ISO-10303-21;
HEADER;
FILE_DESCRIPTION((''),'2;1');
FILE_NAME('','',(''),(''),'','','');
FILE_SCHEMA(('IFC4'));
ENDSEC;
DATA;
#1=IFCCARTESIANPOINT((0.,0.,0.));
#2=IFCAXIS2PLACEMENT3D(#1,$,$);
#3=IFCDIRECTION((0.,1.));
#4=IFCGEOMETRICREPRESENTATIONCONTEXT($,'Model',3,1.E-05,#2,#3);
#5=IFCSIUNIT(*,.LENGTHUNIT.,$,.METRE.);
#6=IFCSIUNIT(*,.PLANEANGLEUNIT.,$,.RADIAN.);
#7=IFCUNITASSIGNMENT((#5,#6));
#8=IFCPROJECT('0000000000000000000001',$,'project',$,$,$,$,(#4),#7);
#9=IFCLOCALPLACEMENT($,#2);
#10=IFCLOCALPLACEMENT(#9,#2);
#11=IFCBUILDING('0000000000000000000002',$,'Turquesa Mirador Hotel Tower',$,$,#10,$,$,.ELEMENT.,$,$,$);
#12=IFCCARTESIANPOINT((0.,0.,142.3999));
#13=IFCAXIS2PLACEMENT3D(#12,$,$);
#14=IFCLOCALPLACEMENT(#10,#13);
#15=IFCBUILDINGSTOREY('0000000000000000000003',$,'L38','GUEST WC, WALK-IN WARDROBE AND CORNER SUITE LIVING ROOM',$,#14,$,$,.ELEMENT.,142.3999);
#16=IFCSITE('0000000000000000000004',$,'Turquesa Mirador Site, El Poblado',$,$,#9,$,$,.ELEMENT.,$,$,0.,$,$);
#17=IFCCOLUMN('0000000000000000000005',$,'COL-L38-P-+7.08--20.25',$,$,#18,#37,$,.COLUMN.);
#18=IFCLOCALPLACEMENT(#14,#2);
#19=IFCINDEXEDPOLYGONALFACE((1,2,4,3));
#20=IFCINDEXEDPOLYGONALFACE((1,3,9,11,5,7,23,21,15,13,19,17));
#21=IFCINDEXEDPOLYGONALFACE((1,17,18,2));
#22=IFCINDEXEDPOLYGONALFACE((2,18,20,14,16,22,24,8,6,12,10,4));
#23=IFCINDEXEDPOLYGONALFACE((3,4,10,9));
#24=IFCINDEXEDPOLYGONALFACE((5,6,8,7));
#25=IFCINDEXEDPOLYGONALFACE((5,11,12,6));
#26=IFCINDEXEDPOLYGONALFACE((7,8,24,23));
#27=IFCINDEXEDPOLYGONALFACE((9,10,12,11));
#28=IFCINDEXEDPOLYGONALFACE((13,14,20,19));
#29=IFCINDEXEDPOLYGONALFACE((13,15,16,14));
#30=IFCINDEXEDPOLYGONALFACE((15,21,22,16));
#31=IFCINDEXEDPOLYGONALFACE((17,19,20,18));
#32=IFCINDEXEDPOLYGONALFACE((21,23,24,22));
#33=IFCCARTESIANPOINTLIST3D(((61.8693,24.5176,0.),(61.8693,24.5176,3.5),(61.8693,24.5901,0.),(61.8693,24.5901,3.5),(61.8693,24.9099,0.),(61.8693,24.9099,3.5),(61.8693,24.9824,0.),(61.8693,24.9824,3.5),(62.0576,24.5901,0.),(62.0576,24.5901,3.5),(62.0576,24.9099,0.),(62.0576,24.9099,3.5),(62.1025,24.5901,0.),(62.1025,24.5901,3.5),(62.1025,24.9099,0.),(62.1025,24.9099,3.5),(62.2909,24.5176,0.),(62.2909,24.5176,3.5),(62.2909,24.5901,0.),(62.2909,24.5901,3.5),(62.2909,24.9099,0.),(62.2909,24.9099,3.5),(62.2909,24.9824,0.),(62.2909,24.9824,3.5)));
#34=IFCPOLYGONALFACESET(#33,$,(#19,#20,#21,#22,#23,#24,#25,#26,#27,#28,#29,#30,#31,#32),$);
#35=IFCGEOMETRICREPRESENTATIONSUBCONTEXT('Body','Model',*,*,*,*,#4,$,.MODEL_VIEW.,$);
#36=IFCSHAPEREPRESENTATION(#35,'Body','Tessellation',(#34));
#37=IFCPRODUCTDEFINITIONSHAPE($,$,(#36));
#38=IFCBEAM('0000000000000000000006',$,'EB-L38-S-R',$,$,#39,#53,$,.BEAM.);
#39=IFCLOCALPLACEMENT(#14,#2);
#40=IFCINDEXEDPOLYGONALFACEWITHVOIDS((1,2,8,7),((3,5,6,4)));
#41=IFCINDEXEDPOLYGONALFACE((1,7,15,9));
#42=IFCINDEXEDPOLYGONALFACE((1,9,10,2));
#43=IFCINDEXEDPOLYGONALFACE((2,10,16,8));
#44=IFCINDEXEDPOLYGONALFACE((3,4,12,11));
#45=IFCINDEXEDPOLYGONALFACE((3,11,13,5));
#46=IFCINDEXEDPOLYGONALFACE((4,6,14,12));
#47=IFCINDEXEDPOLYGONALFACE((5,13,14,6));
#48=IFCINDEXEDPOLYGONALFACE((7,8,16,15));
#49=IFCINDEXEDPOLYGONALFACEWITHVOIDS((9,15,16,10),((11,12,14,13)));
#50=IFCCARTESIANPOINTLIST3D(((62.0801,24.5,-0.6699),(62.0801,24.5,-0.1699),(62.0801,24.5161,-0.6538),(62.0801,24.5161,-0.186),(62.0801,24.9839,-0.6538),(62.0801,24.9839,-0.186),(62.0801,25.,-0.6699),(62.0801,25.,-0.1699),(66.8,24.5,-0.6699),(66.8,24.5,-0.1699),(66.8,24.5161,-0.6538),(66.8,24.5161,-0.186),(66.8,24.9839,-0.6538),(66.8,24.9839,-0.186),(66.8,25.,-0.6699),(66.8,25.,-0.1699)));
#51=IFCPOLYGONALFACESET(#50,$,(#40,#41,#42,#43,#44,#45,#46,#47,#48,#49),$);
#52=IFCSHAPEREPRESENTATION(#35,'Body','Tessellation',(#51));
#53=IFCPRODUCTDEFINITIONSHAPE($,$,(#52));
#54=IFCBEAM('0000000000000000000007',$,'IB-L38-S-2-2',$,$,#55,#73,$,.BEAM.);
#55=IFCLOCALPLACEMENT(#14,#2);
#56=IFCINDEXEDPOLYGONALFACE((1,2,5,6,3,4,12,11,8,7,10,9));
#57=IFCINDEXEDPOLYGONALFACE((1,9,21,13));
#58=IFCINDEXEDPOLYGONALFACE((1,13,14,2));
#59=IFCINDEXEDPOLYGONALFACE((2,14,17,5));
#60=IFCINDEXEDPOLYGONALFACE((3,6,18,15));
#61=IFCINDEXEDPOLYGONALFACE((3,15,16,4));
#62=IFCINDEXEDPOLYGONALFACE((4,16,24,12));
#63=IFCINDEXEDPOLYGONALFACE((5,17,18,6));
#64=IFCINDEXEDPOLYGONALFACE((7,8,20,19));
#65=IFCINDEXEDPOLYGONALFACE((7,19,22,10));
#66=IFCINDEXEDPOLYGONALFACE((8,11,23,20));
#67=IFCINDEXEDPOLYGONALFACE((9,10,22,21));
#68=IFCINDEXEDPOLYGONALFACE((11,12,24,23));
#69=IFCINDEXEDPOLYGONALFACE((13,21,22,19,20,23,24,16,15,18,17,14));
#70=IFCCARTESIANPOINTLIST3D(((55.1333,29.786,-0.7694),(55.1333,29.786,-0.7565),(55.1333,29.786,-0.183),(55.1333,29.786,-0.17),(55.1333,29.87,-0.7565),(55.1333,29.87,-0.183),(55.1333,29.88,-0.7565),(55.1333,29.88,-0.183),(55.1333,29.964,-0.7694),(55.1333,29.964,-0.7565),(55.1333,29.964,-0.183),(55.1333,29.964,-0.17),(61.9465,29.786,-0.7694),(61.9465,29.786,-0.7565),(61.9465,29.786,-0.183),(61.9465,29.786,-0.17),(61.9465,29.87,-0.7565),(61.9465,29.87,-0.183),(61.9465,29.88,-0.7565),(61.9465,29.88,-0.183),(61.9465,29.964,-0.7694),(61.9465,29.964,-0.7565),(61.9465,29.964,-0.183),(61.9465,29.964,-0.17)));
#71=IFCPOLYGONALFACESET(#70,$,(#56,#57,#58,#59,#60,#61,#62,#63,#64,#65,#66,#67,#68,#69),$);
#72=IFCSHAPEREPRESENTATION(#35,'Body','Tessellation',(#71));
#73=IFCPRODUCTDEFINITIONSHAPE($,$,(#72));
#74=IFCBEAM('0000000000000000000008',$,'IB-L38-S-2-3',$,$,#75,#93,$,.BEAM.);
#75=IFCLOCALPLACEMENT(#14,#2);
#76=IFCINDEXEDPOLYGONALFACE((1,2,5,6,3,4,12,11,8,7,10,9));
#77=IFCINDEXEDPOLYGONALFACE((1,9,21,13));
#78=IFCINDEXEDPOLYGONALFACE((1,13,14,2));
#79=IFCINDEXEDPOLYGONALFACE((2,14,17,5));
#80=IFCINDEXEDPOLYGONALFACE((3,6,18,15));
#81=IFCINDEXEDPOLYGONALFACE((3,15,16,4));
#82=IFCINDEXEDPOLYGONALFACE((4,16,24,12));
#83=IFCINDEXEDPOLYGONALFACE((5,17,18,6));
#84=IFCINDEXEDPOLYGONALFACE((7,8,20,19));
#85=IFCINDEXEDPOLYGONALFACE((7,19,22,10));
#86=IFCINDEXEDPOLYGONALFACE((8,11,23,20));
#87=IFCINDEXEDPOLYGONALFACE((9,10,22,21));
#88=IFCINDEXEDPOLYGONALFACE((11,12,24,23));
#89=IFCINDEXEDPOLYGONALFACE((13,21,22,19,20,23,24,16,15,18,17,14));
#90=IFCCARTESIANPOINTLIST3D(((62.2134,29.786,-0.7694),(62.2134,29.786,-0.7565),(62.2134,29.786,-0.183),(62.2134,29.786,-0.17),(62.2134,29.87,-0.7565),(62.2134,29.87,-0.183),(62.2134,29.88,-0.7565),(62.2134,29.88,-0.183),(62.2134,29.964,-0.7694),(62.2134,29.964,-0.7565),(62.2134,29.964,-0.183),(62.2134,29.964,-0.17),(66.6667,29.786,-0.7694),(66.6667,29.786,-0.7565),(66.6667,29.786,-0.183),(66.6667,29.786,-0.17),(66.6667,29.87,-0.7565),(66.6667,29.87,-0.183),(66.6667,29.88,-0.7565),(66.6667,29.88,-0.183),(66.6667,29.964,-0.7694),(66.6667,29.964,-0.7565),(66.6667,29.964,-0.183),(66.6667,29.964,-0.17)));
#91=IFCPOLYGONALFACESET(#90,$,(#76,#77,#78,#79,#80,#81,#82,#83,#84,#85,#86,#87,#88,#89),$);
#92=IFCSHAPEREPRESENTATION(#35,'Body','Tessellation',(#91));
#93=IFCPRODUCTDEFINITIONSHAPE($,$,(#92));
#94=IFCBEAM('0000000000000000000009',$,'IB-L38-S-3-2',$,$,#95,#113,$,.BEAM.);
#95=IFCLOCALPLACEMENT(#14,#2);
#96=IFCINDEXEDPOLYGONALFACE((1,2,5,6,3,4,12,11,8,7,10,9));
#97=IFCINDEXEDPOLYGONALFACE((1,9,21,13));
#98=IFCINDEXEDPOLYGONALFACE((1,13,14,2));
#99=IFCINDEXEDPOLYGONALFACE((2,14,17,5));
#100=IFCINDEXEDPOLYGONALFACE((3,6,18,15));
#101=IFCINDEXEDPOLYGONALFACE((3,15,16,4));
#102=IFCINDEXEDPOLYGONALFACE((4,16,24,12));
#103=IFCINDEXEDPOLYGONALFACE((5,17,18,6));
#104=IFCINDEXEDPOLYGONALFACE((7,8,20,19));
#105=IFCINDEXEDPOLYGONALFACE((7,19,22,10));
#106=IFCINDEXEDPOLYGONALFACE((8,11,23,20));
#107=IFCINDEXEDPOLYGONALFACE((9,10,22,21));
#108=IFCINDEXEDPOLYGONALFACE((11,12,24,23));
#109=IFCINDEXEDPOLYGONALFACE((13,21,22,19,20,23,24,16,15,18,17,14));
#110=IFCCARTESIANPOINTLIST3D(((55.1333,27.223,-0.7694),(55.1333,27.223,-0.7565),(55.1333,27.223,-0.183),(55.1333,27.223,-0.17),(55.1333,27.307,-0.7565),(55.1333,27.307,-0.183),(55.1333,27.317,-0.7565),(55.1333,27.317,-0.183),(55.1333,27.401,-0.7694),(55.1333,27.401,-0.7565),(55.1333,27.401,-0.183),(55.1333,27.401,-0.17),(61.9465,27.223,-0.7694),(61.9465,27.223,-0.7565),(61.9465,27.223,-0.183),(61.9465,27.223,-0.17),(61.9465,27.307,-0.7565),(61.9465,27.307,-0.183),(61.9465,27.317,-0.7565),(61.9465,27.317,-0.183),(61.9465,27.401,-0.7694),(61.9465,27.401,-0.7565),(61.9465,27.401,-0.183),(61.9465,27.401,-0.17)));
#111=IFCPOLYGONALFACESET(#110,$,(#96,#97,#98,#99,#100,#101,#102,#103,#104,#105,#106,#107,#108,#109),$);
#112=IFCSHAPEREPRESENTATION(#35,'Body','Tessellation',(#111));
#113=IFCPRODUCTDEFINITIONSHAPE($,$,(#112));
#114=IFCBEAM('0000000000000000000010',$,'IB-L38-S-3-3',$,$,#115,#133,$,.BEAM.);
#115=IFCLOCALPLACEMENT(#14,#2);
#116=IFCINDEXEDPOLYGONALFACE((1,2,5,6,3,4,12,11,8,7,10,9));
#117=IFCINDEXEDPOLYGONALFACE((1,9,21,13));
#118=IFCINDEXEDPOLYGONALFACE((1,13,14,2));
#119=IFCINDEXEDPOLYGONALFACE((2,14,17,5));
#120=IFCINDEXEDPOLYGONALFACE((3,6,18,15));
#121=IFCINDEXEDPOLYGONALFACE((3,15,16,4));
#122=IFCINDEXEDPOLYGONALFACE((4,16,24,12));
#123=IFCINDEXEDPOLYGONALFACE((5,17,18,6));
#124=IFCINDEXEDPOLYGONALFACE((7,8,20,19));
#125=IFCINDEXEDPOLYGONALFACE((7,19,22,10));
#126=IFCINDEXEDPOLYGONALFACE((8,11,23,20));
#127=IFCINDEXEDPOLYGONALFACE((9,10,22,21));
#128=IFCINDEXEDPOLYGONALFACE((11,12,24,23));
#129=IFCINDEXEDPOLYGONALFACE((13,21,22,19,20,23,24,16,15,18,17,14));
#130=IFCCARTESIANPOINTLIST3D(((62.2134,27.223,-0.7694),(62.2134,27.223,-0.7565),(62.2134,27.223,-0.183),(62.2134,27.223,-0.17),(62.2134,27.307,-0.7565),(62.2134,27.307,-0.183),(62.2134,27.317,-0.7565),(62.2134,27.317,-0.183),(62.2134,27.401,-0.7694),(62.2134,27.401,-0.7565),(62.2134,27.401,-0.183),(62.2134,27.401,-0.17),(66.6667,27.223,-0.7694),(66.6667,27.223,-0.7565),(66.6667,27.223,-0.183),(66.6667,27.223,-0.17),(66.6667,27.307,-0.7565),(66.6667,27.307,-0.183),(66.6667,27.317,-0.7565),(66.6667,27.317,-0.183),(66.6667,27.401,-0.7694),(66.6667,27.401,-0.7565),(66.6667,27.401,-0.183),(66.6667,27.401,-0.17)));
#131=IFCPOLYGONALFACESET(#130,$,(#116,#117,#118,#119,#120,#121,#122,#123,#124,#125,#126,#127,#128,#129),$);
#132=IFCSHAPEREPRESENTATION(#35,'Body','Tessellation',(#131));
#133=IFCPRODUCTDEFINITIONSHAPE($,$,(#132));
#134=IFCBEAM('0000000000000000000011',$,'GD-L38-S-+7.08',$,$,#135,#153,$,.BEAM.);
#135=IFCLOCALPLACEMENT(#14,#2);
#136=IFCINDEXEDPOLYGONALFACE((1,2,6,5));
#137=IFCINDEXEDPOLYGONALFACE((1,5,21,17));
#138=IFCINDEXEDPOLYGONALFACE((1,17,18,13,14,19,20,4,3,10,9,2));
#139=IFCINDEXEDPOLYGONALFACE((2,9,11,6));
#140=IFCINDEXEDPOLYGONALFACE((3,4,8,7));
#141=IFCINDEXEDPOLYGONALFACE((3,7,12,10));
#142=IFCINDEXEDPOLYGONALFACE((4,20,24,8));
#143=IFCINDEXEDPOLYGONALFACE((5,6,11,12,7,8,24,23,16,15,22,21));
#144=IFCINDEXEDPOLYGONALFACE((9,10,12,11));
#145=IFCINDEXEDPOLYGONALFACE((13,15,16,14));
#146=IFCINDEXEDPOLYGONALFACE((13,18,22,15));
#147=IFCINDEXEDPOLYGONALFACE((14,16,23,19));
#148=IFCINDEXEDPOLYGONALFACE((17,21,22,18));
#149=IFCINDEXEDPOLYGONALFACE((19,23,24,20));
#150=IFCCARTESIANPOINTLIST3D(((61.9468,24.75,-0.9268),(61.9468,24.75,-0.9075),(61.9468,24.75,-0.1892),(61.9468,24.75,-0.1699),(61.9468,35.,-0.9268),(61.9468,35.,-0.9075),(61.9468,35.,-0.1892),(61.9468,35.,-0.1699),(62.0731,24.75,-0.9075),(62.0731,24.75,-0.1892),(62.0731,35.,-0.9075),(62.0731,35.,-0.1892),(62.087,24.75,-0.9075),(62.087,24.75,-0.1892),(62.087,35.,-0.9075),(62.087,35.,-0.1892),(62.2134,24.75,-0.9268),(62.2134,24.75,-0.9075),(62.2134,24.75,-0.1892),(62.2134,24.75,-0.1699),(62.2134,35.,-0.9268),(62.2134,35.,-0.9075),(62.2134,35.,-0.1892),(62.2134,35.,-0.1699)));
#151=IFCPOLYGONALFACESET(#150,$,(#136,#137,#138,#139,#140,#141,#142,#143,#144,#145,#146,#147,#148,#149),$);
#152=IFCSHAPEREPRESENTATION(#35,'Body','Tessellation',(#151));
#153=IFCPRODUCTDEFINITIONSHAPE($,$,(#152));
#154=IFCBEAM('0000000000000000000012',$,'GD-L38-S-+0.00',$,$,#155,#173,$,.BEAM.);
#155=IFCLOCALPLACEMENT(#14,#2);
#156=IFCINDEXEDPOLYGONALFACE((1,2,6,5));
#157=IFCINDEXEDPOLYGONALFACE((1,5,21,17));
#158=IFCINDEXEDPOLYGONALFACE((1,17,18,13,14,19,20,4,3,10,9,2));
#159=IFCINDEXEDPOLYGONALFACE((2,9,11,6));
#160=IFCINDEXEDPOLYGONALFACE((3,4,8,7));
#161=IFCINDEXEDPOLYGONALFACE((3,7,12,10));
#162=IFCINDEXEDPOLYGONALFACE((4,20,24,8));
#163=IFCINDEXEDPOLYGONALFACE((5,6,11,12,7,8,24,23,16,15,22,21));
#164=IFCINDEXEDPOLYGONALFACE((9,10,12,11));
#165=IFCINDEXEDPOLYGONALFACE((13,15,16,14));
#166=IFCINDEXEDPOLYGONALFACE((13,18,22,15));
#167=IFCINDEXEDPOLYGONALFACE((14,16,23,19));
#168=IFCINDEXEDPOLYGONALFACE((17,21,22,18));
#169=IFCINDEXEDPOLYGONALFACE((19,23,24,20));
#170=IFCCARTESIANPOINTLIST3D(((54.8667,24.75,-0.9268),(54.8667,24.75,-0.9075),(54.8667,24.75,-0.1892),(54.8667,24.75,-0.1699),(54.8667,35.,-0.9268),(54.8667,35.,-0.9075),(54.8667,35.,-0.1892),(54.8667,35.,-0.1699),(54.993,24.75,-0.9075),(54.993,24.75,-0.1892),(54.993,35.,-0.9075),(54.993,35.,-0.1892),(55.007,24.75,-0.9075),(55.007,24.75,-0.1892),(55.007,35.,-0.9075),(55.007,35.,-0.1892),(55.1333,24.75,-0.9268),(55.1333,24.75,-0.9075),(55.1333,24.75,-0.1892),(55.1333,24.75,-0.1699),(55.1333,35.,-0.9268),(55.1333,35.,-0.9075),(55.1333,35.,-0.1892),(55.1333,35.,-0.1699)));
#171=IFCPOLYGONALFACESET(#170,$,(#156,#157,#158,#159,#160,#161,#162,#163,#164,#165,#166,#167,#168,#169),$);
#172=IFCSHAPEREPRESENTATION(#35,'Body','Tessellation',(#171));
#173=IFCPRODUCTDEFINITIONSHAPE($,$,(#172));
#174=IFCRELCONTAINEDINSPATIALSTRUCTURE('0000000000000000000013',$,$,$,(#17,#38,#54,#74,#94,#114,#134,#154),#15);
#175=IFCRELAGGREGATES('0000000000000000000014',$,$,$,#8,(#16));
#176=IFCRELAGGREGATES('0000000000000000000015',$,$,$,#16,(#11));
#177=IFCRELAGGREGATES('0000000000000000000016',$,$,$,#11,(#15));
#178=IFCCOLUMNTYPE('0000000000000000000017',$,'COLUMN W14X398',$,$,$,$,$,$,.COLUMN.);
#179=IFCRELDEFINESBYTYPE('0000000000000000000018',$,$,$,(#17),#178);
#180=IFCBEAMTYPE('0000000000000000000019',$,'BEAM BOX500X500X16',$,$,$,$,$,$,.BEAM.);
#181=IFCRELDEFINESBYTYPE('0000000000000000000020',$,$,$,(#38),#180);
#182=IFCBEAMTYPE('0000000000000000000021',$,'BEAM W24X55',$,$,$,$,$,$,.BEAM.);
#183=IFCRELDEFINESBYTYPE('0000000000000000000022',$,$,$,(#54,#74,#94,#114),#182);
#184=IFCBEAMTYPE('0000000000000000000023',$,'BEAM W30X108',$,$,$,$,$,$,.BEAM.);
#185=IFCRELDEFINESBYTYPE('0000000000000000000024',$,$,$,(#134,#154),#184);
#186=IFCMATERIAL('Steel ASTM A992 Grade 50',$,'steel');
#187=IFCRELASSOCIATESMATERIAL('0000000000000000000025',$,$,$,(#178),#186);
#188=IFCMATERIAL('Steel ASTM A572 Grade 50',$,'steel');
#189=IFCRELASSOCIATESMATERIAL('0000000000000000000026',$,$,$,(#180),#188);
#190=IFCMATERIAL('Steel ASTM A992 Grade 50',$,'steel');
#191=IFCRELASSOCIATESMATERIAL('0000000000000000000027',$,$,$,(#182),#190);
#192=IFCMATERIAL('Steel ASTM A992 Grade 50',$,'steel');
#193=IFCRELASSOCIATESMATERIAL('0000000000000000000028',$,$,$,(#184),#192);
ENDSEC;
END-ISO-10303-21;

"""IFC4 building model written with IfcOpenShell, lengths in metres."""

from ifc_helpers import new_model, si_unit, direction, frame, origin, origin_2d, place, context, subcontext, project, spatial, hollow_rectangle, i_section, extrude, material, material_profile, profile_set, type_object, element, save


model = new_model("IFC4")

# Units and contexts
model_context = context("Model", 3, precision=1e-05, world=origin(), true_north=direction((0.0, 1.0)))
body_context = subcontext(model_context, "Body", "Model", "MODEL_VIEW")
ifc_project = project(units=[si_unit("LENGTHUNIT", "METRE"), si_unit("PLANEANGLEUNIT", "RADIAN")], contexts=[model_context])

# Site, building, storey
site_placement = place(None, origin())
site = spatial("IfcSite", under=ifc_project, at=site_placement, Name="Turquesa Mirador Site, El Poblado", CompositionType="ELEMENT", RefElevation=0.0)
building_placement = place(site_placement, origin())
building = spatial("IfcBuilding", under=site, at=building_placement, Name="Turquesa Mirador Hotel Tower", CompositionType="ELEMENT")
storey_placement = place(building_placement, frame((0.0, 0.0, 142.3999)))
storey = spatial("IfcBuildingStorey", under=building, at=storey_placement, Name="L38", Description="GUEST WC, WALK-IN WARDROBE AND CORNER SUITE LIVING ROOM", CompositionType="ELEMENT", Elevation=142.3999)

# Column
ifc_material_1 = material(Name="Steel ASTM A992 Grade 50", Category="steel")
ifc_material_profile_1 = material_profile(ifc_material_1, i_section(OverallWidth=0.4216, OverallDepth=0.4648, WebThickness=0.0449, FlangeThickness=0.0725, at=origin_2d()), Name="W14X398")
ifc_profile_set_1 = profile_set([ifc_material_profile_1], Name="Steel ASTM A992 Grade 50")
column_type = type_object("IfcColumnType", Name="COLUMN W14X398", PredefinedType="COLUMN", material=ifc_profile_set_1)
column_placement = place(storey_placement, frame((62.0801, 24.75, 0.0), z_axis=(0.0, 0.0, 1.0), x_axis=(1.0, 0.0, 0.0)))
element("IfcColumn", 1, at=column_placement, inside=storey, type_object=column_type, Name="COL-L38-P-+7.08--20.25", PredefinedType="COLUMN", context=body_context, shape_type="SweptSolid", body=[
    extrude(i_section(OverallWidth=0.4216, OverallDepth=0.4648, WebThickness=0.0449, FlangeThickness=0.0725, at=origin_2d()), origin(), (0.0, 0.0, 1.0), 3.5),
])

# Beams
ifc_material_2 = material(Name="Steel ASTM A572 Grade 50", Category="steel")
ifc_material_profile_2 = material_profile(ifc_material_2, hollow_rectangle(XDim=0.5, YDim=0.5, WallThickness=0.0161, at=origin_2d()), Name="BOX500X500X16")
ifc_profile_set_2 = profile_set([ifc_material_profile_2], Name="Steel ASTM A572 Grade 50")
beam_type_1 = type_object("IfcBeamType", Name="BEAM BOX500X500X16", PredefinedType="BEAM", material=ifc_profile_set_2)
beam_1_placement = place(storey_placement, frame((62.0801, 24.75, -0.4199), z_axis=(1.0, 0.0, 0.0), x_axis=(0.0, 1.0, 0.0)))
element("IfcBeam", 2, at=beam_1_placement, inside=storey, type_object=beam_type_1, Name="EB-L38-S-R", PredefinedType="BEAM", context=body_context, shape_type="SweptSolid", body=[
    extrude(hollow_rectangle(XDim=0.5, YDim=0.5, WallThickness=0.0161, at=origin_2d()), origin(), (0.0, 0.0, 1.0), 4.72),
])
ifc_material_3 = material(Name="Steel ASTM A992 Grade 50", Category="steel")
ifc_material_profile_3 = material_profile(ifc_material_3, i_section(OverallWidth=0.178, OverallDepth=0.5994, WebThickness=0.01, FlangeThickness=0.0129, at=origin_2d()), Name="W24X55")
ifc_profile_set_3 = profile_set([ifc_material_profile_3], Name="Steel ASTM A992 Grade 50")
beam_type_2 = type_object("IfcBeamType", Name="BEAM W24X55", PredefinedType="BEAM", material=ifc_profile_set_3)
beam_2_placement = place(storey_placement, frame((55.1333, 29.875, -0.4697), z_axis=(1.0, 0.0, 0.0), x_axis=(0.0, 1.0, 0.0)))
element("IfcBeam", 3, at=beam_2_placement, inside=storey, type_object=beam_type_2, Name="IB-L38-S-2-2", PredefinedType="BEAM", context=body_context, shape_type="SweptSolid", body=[
    extrude(i_section(OverallWidth=0.178, OverallDepth=0.5994, WebThickness=0.01, FlangeThickness=0.0129, at=origin_2d()), origin(), (0.0, 0.0, 1.0), 6.8132),
])
beam_3_placement = place(storey_placement, frame((62.2134, 29.875, -0.4697), z_axis=(1.0, 0.0, 0.0), x_axis=(0.0, 1.0, 0.0)))
element("IfcBeam", 4, at=beam_3_placement, inside=storey, type_object=beam_type_2, Name="IB-L38-S-2-3", PredefinedType="BEAM", context=body_context, shape_type="SweptSolid", body=[
    extrude(i_section(OverallWidth=0.178, OverallDepth=0.5994, WebThickness=0.01, FlangeThickness=0.0129, at=origin_2d()), origin(), (0.0, 0.0, 1.0), 4.4534),
])
beam_4_placement = place(storey_placement, frame((55.1333, 27.312, -0.4697), z_axis=(1.0, 0.0, 0.0), x_axis=(0.0, 1.0, 0.0)))
element("IfcBeam", 5, at=beam_4_placement, inside=storey, type_object=beam_type_2, Name="IB-L38-S-3-2", PredefinedType="BEAM", context=body_context, shape_type="SweptSolid", body=[
    extrude(i_section(OverallWidth=0.178, OverallDepth=0.5994, WebThickness=0.01, FlangeThickness=0.0129, at=origin_2d()), origin(), (0.0, 0.0, 1.0), 6.8132),
])
beam_5_placement = place(storey_placement, frame((62.2134, 27.312, -0.4697), z_axis=(1.0, 0.0, 0.0), x_axis=(0.0, 1.0, 0.0)))
element("IfcBeam", 6, at=beam_5_placement, inside=storey, type_object=beam_type_2, Name="IB-L38-S-3-3", PredefinedType="BEAM", context=body_context, shape_type="SweptSolid", body=[
    extrude(i_section(OverallWidth=0.178, OverallDepth=0.5994, WebThickness=0.01, FlangeThickness=0.0129, at=origin_2d()), origin(), (0.0, 0.0, 1.0), 4.4534),
])
ifc_material_4 = material(Name="Steel ASTM A992 Grade 50", Category="steel")
ifc_material_profile_4 = material_profile(ifc_material_4, i_section(OverallWidth=0.2666, OverallDepth=0.7568, WebThickness=0.0139, FlangeThickness=0.0193, at=origin_2d()), Name="W30X108")
ifc_profile_set_4 = profile_set([ifc_material_profile_4], Name="Steel ASTM A992 Grade 50")
beam_type_3 = type_object("IfcBeamType", Name="BEAM W30X108", PredefinedType="BEAM", material=ifc_profile_set_4)
for number, where, z_axis, x_axis, name in (
    (7, (62.0801, 24.75, -0.5483), (0.0, 1.0, 0.0), (-1.0, 0.0, 0.0), "GD-L38-S-+7.08"),
    (8, (55.0, 24.75, -0.5483), (0.0, 1.0, 0.0), (-1.0, 0.0, 0.0), "GD-L38-S-+0.00"),
):
    element("IfcBeam", number, at=place(storey_placement, frame(where, z_axis=z_axis, x_axis=x_axis)), inside=storey, type_object=beam_type_3, Name=name, PredefinedType="BEAM", context=body_context, shape_type="SweptSolid", body=[
        extrude(i_section(OverallWidth=0.2666, OverallDepth=0.7568, WebThickness=0.0139, FlangeThickness=0.0193, at=origin_2d()), origin(), (0.0, 0.0, 1.0), 10.25),
    ])

save(model, "model.ifc")
